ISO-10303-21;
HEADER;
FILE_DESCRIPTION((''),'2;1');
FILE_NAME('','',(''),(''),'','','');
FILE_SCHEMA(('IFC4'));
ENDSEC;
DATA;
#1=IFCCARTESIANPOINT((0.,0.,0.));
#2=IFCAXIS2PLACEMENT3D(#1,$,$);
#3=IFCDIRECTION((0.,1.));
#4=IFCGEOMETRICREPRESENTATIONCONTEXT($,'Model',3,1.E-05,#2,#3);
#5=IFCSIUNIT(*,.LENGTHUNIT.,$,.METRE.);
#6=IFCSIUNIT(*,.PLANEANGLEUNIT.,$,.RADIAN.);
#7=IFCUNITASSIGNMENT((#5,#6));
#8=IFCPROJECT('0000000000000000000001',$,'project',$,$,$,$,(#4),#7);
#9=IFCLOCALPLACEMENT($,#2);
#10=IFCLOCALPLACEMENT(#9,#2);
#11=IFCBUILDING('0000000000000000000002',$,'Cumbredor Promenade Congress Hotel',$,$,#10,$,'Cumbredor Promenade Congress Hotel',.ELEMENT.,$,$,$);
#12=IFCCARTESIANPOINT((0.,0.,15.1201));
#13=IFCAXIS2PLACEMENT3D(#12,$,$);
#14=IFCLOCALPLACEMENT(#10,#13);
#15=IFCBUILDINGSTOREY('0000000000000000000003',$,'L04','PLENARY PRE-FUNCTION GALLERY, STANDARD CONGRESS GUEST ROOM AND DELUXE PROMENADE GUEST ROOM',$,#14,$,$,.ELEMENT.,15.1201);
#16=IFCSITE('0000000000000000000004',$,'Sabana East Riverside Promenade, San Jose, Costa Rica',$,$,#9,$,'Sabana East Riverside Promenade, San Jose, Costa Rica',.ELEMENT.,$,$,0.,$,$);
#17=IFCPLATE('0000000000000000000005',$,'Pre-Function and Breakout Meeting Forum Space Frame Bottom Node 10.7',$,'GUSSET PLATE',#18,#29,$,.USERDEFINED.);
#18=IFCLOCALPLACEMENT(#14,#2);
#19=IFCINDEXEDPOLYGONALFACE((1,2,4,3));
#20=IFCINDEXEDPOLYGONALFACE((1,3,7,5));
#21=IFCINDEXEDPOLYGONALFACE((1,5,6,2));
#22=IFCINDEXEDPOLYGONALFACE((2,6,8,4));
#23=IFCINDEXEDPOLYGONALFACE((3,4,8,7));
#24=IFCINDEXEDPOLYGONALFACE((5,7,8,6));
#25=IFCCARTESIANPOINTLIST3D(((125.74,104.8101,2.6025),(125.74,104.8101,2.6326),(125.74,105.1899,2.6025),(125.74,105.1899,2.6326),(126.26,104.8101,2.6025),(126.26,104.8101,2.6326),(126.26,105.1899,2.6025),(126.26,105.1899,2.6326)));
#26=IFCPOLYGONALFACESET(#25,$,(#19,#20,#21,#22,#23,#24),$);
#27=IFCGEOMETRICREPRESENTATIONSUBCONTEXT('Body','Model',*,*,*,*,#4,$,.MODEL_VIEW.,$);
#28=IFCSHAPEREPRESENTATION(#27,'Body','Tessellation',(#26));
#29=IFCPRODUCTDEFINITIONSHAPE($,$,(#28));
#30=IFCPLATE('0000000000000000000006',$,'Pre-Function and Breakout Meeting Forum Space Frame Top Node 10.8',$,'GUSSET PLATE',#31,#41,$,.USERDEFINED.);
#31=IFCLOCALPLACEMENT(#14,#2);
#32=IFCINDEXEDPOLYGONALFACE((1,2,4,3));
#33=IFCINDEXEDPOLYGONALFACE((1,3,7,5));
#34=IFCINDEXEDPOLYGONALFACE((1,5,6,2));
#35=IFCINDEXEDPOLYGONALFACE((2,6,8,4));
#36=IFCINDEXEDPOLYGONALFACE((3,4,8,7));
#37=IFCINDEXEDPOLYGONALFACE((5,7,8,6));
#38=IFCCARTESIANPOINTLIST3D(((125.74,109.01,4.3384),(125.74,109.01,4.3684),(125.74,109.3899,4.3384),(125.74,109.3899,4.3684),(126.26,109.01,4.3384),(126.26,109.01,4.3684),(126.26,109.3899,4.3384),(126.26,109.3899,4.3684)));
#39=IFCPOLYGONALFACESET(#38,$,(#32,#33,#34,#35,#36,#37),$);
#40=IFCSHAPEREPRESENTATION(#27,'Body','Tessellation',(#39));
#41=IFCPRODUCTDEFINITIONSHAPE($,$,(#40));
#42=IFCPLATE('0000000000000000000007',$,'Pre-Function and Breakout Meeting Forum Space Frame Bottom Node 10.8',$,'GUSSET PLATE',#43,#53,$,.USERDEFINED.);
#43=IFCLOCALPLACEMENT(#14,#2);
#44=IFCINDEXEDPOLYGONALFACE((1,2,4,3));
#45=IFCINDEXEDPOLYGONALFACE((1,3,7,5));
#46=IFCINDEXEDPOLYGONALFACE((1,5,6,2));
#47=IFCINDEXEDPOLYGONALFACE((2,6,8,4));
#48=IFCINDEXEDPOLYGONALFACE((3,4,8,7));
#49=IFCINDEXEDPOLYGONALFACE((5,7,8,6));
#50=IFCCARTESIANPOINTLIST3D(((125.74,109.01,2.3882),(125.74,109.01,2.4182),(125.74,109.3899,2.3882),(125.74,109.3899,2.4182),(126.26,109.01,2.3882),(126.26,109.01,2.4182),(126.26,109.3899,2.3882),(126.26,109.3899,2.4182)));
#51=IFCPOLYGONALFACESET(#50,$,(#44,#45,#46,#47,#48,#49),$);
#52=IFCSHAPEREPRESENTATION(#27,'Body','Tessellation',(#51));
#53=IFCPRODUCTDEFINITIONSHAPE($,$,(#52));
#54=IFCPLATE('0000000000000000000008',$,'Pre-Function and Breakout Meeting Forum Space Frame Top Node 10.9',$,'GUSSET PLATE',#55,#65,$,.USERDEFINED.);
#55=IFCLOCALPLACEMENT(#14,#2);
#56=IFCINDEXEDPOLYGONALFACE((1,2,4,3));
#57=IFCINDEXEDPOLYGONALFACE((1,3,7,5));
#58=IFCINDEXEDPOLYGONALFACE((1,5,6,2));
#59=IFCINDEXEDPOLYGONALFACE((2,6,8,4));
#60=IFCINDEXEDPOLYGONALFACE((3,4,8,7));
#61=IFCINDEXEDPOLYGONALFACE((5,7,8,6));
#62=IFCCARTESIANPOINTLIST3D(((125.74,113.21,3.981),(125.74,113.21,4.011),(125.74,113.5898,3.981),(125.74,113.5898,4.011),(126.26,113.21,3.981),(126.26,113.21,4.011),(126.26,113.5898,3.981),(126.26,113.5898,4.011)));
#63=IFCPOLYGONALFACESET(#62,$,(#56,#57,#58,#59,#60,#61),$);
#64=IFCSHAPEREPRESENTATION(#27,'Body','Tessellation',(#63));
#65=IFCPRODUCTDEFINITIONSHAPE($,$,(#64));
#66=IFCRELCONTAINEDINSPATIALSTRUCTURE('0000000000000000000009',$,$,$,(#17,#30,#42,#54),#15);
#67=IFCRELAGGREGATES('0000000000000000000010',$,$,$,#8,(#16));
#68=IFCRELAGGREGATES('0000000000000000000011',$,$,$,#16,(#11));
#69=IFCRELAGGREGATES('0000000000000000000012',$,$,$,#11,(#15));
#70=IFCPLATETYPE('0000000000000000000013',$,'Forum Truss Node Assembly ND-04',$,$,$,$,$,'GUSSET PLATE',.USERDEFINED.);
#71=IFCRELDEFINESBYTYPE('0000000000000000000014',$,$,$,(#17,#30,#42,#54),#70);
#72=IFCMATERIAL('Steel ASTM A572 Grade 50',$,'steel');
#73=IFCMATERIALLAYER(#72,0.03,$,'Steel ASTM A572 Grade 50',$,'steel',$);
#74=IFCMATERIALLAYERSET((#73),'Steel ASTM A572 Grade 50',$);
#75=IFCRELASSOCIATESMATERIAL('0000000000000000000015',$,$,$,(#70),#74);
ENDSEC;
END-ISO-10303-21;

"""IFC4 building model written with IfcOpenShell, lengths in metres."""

from ifc_helpers import new_model, si_unit, direction, frame, origin, origin_2d, place, context, subcontext, project, spatial, rectangle, extrude, material, layer, layer_set, type_object, element, save


model = new_model("IFC4")

# Units and contexts
model_context = context("Model", 3, precision=1e-05, world=origin(), true_north=direction((0.0, 1.0)))
body_context = subcontext(model_context, "Body", "Model", "MODEL_VIEW")
ifc_project = project(units=[si_unit("LENGTHUNIT", "METRE"), si_unit("PLANEANGLEUNIT", "RADIAN")], contexts=[model_context])

# Site, building, storey
site_placement = place(None, origin())
site = spatial("IfcSite", under=ifc_project, at=site_placement, Name="Sabana East Riverside Promenade, San Jose, Costa Rica", LongName="Sabana East Riverside Promenade, San Jose, Costa Rica", CompositionType="ELEMENT", RefElevation=0.0)
building_placement = place(site_placement, origin())
building = spatial("IfcBuilding", under=site, at=building_placement, Name="Cumbredor Promenade Congress Hotel", LongName="Cumbredor Promenade Congress Hotel", CompositionType="ELEMENT")
storey_placement = place(building_placement, frame((0.0, 0.0, 15.1201)))
storey = spatial("IfcBuildingStorey", under=building, at=storey_placement, Name="L04", Description="PLENARY PRE-FUNCTION GALLERY, STANDARD CONGRESS GUEST ROOM AND DELUXE PROMENADE GUEST ROOM", CompositionType="ELEMENT", Elevation=15.1201)

# Plates
ifc_material_1 = material(Name="Steel ASTM A572 Grade 50", Category="steel")
ifc_layer = layer(ifc_material_1, 0.03, Name="Steel ASTM A572 Grade 50", Category="steel")
ifc_layer_set = layer_set([ifc_layer], Name="Steel ASTM A572 Grade 50")
plate_type = type_object("IfcPlateType", Name="Forum Truss Node Assembly ND-04", ElementType="GUSSET PLATE", PredefinedType="USERDEFINED", material=ifc_layer_set)
for number, where, z_axis, x_axis, name in (
    (1, (126.0, 105.0, 2.6025), (0.0, 0.0, 1.0), (1.0, 0.0, 0.0), "Pre-Function and Breakout Meeting Forum Space Frame Bottom Node 10.7"),
    (2, (126.0, 109.2, 4.3384), (0.0, 0.0, 1.0), (1.0, 0.0, 0.0), "Pre-Function and Breakout Meeting Forum Space Frame Top Node 10.8"),
    (3, (126.0, 109.2, 2.3882), (0.0, 0.0, 1.0), (1.0, 0.0, 0.0), "Pre-Function and Breakout Meeting Forum Space Frame Bottom Node 10.8"),
    (4, (126.0, 113.3999, 3.981), (0.0, 0.0, 1.0), (1.0, 0.0, 0.0), "Pre-Function and Breakout Meeting Forum Space Frame Top Node 10.9"),
):
    element("IfcPlate", number, at=place(storey_placement, frame(where, z_axis=z_axis, x_axis=x_axis)), inside=storey, type_object=plate_type, Name=name, ObjectType="GUSSET PLATE", PredefinedType="USERDEFINED", context=body_context, shape_type="SweptSolid", body=[
        extrude(rectangle(XDim=0.52, YDim=0.3799, at=origin_2d()), origin(), (0.0, 0.0, 1.0), 0.03),
    ])

save(model, "model.ifc")
